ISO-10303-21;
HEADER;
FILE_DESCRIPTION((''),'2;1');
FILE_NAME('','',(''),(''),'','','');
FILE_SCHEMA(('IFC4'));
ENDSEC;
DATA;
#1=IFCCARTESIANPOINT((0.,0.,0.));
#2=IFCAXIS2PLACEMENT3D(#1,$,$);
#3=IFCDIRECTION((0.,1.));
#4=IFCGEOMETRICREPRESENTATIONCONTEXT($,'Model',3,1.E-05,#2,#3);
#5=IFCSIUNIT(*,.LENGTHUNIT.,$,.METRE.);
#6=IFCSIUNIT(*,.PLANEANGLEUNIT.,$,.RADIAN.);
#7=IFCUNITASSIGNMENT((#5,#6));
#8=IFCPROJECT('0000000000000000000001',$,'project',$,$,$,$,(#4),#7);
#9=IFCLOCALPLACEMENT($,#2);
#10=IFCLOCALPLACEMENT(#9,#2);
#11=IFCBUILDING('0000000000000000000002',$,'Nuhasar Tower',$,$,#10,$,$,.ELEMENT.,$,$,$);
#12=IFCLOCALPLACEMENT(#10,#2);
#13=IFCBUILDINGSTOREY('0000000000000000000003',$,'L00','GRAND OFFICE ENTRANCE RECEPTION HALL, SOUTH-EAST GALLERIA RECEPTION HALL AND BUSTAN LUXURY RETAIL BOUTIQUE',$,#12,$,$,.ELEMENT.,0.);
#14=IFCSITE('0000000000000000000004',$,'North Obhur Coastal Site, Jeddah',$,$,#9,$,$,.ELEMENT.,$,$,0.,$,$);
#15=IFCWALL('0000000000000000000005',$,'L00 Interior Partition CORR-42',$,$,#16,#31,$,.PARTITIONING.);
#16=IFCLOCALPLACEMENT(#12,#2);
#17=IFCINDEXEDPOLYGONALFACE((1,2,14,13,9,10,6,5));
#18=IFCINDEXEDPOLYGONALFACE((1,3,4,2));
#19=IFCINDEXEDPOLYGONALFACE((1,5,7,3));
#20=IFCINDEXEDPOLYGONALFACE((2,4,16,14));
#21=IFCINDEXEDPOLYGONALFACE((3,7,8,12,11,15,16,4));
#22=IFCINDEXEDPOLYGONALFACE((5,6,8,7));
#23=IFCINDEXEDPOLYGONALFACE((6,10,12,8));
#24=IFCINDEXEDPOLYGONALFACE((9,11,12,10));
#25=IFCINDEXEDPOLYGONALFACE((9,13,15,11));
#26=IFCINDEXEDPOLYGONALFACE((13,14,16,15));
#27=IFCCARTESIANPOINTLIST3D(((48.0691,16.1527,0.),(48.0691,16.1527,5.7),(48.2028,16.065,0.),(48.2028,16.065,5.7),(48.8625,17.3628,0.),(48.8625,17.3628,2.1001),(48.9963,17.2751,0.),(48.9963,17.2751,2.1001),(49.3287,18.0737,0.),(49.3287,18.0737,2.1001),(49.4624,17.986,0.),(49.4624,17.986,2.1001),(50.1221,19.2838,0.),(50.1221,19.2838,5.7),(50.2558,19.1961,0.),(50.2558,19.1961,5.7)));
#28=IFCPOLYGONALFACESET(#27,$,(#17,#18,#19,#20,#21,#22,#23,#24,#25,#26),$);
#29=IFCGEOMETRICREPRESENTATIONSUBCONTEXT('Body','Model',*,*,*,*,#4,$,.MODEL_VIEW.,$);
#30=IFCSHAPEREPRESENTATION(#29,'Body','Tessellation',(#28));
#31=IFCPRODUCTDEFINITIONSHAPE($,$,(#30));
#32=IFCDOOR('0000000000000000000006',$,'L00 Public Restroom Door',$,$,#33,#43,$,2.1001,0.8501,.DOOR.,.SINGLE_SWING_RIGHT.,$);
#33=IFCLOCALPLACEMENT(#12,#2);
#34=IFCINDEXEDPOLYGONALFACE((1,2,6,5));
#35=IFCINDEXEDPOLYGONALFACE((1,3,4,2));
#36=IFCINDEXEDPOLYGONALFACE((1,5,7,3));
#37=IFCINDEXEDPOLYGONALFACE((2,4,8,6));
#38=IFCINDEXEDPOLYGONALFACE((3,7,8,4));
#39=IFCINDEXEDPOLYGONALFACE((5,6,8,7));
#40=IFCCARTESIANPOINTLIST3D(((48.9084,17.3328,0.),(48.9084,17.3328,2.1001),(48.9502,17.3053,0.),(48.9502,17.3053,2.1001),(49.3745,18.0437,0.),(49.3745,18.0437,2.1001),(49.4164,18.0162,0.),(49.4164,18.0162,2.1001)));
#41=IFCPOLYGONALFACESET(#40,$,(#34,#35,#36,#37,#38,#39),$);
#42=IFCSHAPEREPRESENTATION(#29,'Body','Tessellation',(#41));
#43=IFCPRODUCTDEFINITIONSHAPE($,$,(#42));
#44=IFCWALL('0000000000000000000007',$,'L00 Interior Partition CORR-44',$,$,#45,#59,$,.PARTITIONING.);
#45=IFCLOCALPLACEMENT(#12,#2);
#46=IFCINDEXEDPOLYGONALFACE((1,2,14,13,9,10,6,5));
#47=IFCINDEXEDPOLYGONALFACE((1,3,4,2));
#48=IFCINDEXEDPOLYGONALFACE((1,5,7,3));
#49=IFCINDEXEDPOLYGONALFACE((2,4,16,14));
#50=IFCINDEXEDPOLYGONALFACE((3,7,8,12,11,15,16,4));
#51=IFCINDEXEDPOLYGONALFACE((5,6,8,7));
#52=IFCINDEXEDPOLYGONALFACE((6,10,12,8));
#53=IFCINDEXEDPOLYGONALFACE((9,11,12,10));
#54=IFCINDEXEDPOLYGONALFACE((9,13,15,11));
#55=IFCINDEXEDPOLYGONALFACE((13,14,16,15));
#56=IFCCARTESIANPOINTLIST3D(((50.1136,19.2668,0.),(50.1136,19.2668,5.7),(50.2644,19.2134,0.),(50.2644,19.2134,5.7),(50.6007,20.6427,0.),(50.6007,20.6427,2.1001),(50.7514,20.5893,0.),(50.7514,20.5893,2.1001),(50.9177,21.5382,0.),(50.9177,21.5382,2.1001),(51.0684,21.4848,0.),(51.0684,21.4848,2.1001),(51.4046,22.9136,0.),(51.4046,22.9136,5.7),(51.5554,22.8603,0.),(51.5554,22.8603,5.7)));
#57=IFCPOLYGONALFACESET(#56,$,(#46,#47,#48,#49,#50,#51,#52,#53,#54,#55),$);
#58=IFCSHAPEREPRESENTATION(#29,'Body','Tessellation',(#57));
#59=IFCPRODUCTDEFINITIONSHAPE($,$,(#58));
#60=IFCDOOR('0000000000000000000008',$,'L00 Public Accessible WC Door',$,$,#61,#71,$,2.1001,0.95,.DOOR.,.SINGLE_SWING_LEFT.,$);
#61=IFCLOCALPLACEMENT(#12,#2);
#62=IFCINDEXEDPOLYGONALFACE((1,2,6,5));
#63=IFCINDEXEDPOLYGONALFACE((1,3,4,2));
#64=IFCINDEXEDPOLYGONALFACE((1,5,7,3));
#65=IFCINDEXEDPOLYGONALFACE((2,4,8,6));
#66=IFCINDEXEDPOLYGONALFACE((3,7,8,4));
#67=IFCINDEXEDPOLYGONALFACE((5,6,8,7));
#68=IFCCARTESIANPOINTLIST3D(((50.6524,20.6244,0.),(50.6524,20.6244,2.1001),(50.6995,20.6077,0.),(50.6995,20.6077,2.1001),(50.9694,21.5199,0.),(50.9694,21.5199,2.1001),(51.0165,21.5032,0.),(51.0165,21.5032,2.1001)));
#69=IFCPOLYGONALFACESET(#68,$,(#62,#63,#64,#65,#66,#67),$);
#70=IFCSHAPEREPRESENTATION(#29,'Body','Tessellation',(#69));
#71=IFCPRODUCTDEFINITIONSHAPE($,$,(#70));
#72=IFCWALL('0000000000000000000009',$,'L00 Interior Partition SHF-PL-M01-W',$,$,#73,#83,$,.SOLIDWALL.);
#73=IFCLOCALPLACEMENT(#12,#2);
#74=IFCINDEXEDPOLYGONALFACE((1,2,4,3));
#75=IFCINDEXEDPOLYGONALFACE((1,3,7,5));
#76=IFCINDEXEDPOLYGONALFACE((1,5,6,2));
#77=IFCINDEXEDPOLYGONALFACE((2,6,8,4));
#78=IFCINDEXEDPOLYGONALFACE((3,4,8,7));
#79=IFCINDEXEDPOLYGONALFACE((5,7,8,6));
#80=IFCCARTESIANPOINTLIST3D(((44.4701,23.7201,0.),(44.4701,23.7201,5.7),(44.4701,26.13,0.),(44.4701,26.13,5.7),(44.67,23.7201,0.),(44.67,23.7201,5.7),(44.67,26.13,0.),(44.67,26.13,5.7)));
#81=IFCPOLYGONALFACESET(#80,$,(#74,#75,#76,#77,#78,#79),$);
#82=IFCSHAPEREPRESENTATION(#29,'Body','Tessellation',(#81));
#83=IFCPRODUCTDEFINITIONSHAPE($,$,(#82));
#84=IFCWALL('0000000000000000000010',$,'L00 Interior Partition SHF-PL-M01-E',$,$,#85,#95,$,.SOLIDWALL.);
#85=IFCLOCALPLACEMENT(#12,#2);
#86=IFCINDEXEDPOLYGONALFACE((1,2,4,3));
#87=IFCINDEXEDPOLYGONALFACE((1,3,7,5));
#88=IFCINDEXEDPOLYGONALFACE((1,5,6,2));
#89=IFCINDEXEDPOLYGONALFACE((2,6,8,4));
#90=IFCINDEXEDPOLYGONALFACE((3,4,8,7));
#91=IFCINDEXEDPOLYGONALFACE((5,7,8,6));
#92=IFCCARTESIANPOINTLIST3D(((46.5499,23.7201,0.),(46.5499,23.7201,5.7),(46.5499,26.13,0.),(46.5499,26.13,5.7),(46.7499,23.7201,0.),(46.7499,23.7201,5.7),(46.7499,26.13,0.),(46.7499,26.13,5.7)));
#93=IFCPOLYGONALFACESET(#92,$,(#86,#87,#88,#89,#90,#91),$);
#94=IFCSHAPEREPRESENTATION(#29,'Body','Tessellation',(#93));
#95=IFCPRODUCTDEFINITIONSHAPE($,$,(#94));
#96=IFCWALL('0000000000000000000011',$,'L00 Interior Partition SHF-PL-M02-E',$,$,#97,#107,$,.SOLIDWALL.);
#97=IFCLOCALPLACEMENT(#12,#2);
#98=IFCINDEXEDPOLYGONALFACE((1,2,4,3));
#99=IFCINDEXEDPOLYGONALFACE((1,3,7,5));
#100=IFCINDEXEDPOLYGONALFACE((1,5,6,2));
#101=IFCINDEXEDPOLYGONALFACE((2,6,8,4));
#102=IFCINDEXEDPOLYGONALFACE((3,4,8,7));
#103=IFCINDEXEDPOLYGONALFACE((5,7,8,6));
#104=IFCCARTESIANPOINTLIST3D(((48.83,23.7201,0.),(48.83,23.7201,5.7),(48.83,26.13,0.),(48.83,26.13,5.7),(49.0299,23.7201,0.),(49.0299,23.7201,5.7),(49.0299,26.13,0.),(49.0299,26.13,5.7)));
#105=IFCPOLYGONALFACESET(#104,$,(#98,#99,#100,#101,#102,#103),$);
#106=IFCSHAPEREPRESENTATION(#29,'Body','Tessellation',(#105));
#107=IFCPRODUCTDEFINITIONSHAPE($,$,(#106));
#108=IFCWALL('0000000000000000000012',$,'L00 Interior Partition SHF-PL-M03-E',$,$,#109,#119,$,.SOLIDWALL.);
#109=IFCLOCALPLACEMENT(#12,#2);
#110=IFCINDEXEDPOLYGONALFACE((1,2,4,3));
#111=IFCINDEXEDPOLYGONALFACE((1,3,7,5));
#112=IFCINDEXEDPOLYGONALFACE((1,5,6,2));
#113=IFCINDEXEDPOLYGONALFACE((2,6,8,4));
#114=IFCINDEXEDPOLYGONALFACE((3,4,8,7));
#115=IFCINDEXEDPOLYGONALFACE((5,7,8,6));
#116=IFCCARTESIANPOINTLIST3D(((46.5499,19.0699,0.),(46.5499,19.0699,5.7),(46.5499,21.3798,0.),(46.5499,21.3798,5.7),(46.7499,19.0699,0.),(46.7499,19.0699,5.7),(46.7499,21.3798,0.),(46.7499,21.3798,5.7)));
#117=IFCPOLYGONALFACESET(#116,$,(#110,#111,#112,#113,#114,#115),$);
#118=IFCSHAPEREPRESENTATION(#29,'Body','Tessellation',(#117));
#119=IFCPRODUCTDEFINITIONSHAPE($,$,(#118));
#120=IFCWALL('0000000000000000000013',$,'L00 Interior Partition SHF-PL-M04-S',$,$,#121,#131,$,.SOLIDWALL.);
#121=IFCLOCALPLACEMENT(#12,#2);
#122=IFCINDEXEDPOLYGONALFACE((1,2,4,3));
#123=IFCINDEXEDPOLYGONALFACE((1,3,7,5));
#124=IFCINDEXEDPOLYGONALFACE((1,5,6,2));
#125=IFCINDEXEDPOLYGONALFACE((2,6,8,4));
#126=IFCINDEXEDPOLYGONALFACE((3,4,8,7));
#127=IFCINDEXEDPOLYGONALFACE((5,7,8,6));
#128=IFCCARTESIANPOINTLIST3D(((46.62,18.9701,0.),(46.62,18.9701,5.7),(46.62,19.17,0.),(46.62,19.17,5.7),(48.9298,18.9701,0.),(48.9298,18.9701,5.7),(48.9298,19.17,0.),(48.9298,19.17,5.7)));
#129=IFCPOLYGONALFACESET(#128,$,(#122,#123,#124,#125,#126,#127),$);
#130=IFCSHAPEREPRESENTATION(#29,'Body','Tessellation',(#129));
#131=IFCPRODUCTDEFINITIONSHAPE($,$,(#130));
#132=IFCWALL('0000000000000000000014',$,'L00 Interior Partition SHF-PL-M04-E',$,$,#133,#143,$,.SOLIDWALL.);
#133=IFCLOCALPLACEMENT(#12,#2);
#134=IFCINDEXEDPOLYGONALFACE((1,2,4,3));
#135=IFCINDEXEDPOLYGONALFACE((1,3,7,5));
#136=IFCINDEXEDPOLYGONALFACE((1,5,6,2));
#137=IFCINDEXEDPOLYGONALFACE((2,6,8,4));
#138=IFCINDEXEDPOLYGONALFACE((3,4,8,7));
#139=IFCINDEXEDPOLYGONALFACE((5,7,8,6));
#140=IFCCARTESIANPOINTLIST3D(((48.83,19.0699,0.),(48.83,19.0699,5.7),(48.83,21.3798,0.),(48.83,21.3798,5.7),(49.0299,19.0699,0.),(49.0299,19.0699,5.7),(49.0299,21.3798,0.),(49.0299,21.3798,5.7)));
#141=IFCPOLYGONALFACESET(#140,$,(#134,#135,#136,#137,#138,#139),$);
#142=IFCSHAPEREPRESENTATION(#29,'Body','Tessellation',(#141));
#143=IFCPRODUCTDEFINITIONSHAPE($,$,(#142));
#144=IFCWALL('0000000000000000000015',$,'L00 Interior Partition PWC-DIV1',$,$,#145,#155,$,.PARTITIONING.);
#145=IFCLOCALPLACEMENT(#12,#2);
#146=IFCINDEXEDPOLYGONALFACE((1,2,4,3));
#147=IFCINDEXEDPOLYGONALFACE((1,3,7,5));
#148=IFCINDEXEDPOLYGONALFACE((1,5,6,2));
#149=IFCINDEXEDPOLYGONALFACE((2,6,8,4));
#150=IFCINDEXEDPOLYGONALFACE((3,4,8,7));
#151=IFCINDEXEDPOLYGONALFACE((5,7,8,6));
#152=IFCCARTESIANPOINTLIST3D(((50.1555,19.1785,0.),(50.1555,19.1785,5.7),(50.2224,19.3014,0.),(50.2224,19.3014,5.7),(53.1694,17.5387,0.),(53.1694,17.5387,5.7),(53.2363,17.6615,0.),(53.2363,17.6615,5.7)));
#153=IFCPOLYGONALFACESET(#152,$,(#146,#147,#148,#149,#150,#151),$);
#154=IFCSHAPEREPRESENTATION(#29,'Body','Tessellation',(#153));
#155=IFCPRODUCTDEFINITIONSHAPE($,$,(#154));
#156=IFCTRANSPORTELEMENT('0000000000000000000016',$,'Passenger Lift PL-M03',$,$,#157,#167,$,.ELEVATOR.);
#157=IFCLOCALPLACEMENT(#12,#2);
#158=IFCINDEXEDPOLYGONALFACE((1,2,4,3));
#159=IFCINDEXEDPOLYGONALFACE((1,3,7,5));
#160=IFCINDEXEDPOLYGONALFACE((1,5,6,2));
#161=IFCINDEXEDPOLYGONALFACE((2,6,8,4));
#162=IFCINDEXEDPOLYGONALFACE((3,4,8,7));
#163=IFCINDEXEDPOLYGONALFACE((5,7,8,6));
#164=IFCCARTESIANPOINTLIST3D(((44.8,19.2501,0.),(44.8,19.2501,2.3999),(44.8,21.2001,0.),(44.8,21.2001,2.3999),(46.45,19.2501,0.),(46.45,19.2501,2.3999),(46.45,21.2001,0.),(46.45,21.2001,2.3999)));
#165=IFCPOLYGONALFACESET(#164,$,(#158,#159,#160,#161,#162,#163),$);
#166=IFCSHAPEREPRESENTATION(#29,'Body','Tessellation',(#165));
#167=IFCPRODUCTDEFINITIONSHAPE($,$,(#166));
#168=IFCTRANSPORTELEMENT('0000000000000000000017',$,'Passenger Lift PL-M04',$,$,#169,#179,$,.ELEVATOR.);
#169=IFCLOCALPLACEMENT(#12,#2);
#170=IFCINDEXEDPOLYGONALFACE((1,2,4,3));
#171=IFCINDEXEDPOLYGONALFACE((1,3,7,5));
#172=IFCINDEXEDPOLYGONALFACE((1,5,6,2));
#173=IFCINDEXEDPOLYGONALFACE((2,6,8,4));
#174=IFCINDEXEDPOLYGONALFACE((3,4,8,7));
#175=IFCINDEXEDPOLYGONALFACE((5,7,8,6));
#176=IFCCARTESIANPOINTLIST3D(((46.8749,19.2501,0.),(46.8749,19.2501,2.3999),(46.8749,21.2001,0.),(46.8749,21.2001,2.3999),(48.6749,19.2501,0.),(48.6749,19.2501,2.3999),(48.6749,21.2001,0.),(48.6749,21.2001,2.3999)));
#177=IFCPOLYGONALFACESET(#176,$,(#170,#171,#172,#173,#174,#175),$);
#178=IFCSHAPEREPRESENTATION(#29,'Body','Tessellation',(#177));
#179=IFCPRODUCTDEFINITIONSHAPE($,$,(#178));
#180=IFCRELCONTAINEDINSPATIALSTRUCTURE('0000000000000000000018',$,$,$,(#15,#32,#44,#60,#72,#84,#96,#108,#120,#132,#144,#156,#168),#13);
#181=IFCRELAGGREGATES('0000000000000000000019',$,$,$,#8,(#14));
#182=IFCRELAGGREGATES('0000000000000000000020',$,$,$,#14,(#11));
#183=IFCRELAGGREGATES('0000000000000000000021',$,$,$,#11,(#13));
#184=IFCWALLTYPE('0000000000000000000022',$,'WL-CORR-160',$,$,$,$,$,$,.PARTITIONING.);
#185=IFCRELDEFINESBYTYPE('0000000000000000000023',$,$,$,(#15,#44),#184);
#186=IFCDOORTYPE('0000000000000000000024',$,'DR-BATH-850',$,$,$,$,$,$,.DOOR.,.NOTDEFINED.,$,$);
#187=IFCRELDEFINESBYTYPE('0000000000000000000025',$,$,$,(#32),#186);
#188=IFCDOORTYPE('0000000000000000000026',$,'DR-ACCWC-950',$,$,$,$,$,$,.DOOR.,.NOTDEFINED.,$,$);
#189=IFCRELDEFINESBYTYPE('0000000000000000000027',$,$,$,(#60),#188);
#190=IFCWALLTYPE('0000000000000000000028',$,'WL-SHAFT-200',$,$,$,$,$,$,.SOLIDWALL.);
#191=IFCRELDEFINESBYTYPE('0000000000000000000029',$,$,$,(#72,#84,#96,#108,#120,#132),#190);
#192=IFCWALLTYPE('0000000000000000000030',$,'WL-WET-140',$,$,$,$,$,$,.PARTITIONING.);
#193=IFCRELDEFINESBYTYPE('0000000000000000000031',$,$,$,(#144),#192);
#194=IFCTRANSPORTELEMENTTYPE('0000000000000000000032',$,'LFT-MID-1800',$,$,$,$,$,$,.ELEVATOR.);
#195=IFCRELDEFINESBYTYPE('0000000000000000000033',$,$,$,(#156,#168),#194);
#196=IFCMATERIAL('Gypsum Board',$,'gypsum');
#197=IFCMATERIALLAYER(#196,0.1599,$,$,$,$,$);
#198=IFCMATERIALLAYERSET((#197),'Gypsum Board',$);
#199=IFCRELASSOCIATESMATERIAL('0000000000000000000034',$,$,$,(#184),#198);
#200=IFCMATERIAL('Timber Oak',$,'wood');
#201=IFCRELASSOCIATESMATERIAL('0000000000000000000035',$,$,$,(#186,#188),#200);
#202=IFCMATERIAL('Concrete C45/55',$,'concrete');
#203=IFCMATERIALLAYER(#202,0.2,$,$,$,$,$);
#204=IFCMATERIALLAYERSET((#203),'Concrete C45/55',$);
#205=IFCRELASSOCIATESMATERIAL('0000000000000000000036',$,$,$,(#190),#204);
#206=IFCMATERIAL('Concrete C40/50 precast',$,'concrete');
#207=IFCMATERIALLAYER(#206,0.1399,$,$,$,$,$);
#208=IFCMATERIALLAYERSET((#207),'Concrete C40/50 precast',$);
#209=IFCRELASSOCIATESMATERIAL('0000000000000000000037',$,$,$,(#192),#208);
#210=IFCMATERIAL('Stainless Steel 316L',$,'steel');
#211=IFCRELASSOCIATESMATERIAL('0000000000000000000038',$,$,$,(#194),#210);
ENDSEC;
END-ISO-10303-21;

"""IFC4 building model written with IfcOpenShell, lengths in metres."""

from ifc_helpers import new_model, si_unit, direction, frame, frame_2d, origin, origin_2d, place, context, subcontext, project, spatial, rectangle, extrude, material, layer, layer_set, type_object, element, fill, save


model = new_model("IFC4")

# Units and contexts
model_context = context("Model", 3, precision=1e-05, world=origin(), true_north=direction((0.0, 1.0)))
body_context = subcontext(model_context, "Body", "Model", "MODEL_VIEW")
ifc_project = project(units=[si_unit("LENGTHUNIT", "METRE"), si_unit("PLANEANGLEUNIT", "RADIAN")], contexts=[model_context])

# Site, building, storey
site_placement = place(None, origin())
site = spatial("IfcSite", under=ifc_project, at=site_placement, Name="North Obhur Coastal Site, Jeddah", CompositionType="ELEMENT", RefElevation=0.0)
building_placement = place(site_placement, origin())
building = spatial("IfcBuilding", under=site, at=building_placement, Name="Nuhasar Tower", CompositionType="ELEMENT")
storey_placement = place(building_placement, origin())
storey = spatial("IfcBuildingStorey", under=building, at=storey_placement, Name="L00", Description="GRAND OFFICE ENTRANCE RECEPTION HALL, SOUTH-EAST GALLERIA RECEPTION HALL AND BUSTAN LUXURY RETAIL BOUTIQUE", CompositionType="ELEMENT", Elevation=0.0)

# Walls, openings, doors
ifc_material_1 = material(Name="Gypsum Board", Category="gypsum")
ifc_layer_1 = layer(ifc_material_1, 0.1599)
ifc_layer_set_1 = layer_set([ifc_layer_1], Name="Gypsum Board")
wall_type_1 = type_object("IfcWallType", Name="WL-CORR-160", PredefinedType="PARTITIONING", material=ifc_layer_set_1)
wall_1_placement = place(storey_placement, frame((50.189, 19.24, 0.0), z_axis=(0.0, 0.0, 1.0), x_axis=(-0.548319, -0.836269, 0.0)))
wall_1 = element("IfcWall", 1, at=wall_1_placement, inside=storey, type_object=wall_type_1, Name="L00 Interior Partition CORR-42", PredefinedType="PARTITIONING", context=body_context, shape_type="SweptSolid", body=[
    extrude(rectangle(XDim=3.7441, YDim=0.1599, at=frame_2d((1.8721, 0.0))), origin(), (0.0, 0.0, 1.0), 5.7),
])
opening_1_placement = place(wall_1_placement, frame((1.447, 0.0, 0.0)))
opening_1 = element("IfcOpeningElement", 2, at=opening_1_placement, cuts=wall_1, PredefinedType="OPENING", context=body_context, shape_type="SweptSolid", body=[
    extrude(rectangle(XDim=0.8501, YDim=2.1001, at=frame_2d((0.425, 1.05))), frame((0.0, 0.0898, 0.0), z_axis=(0.0, -1.0, 0.0), x_axis=(1.0, 0.0, 0.0)), (0.0, 0.0, 1.0), 0.1799),
])
ifc_material_2 = material(Name="Timber Oak", Category="wood")
door_type_1 = type_object("IfcDoorType", Name="DR-BATH-850", OperationType="NOTDEFINED", PredefinedType="DOOR", material=ifc_material_2)
door_1_placement = place(opening_1_placement, origin())
door_1 = element("IfcDoor", 3, at=door_1_placement, inside=storey, type_object=door_type_1, Name="L00 Public Restroom Door", OperationType="SINGLE_SWING_RIGHT", OverallHeight=2.1001, OverallWidth=0.8501, PredefinedType="DOOR", context=body_context, shape_type="SweptSolid", body=[
    extrude(rectangle(XDim=0.8501, YDim=2.1001, at=frame_2d((0.425, 1.05))), frame((0.0, 0.0249, 0.0), z_axis=(0.0, -1.0, 0.0), x_axis=(1.0, 0.0, 0.0)), (0.0, 0.0, 1.0), 0.05),
])
fill(opening_1, door_1)
wall_2_placement = place(storey_placement, frame((51.48, 22.887, 0.0), z_axis=(0.0, 0.0, 1.0), x_axis=(-0.333705, -0.942678, 0.0)))
wall_2 = element("IfcWall", 4, at=wall_2_placement, inside=storey, type_object=wall_type_1, Name="L00 Interior Partition CORR-44", PredefinedType="PARTITIONING", context=body_context, shape_type="SweptSolid", body=[
    extrude(rectangle(XDim=3.8687, YDim=0.1599, at=frame_2d((1.9343, 0.0))), origin(), (0.0, 0.0, 1.0), 5.7),
])
opening_2_placement = place(wall_2_placement, frame((1.459, 0.0, 0.0)))
opening_2 = element("IfcOpeningElement", 5, at=opening_2_placement, cuts=wall_2, PredefinedType="OPENING", context=body_context, shape_type="SweptSolid", body=[
    extrude(rectangle(XDim=0.95, YDim=2.1001, at=frame_2d((0.4751, 1.05))), frame((0.0, 0.0898, 0.0), z_axis=(0.0, -1.0, 0.0), x_axis=(1.0, 0.0, 0.0)), (0.0, 0.0, 1.0), 0.1799),
])
door_type_2 = type_object("IfcDoorType", Name="DR-ACCWC-950", OperationType="NOTDEFINED", PredefinedType="DOOR", material=ifc_material_2)
door_2_placement = place(opening_2_placement, origin())
door_2 = element("IfcDoor", 6, at=door_2_placement, inside=storey, type_object=door_type_2, Name="L00 Public Accessible WC Door", OperationType="SINGLE_SWING_LEFT", OverallHeight=2.1001, OverallWidth=0.95, PredefinedType="DOOR", context=body_context, shape_type="SweptSolid", body=[
    extrude(rectangle(XDim=0.95, YDim=2.1001, at=frame_2d((0.4751, 1.05))), frame((0.0, 0.0249, 0.0), z_axis=(0.0, -1.0, 0.0), x_axis=(1.0, 0.0, 0.0)), (0.0, 0.0, 1.0), 0.05),
])
fill(opening_2, door_2)
ifc_material_3 = material(Name="Concrete C45/55", Category="concrete")
ifc_layer_2 = layer(ifc_material_3, 0.2)
ifc_layer_set_2 = layer_set([ifc_layer_2], Name="Concrete C45/55")
wall_type_2 = type_object("IfcWallType", Name="WL-SHAFT-200", PredefinedType="SOLIDWALL", material=ifc_layer_set_2)
ifc_material_4 = material(Name="Stainless Steel 316L", Category="steel")

# Walls
for number, where, z_axis, x_axis, name in (
    (7, (44.5701, 23.72, 0.0), (0.0, 0.0, 1.0), (0.0, 1.0, 0.0), "L00 Interior Partition SHF-PL-M01-W"),
    (8, (46.6499, 23.72, 0.0), (0.0, 0.0, 1.0), (0.0, 1.0, 0.0), "L00 Interior Partition SHF-PL-M01-E"),
):
    element("IfcWall", number, at=place(storey_placement, frame(where, z_axis=z_axis, x_axis=x_axis)), inside=storey, type_object=wall_type_2, Name=name, PredefinedType="SOLIDWALL", context=body_context, shape_type="SweptSolid", body=[
        extrude(rectangle(XDim=2.4099, YDim=0.2, at=frame_2d((1.2051, 0.0))), origin(), (0.0, 0.0, 1.0), 5.7),
    ])

# Wall
wall_3_placement = place(storey_placement, frame((48.9299, 23.72, 0.0), z_axis=(0.0, 0.0, 1.0), x_axis=(0.0, 1.0, 0.0)))
element("IfcWall", 9, at=wall_3_placement, inside=storey, type_object=wall_type_2, Name="L00 Interior Partition SHF-PL-M02-E", PredefinedType="SOLIDWALL", context=body_context, shape_type="SweptSolid", body=[
    extrude(rectangle(XDim=2.4099, YDim=0.2, at=frame_2d((1.2051, 0.0))), origin(), (0.0, 0.0, 1.0), 5.7),
])

# Walls
for number, where, z_axis, x_axis, name in (
    (10, (46.6499, 19.0701, 0.0), (0.0, 0.0, 1.0), (0.0, 1.0, 0.0), "L00 Interior Partition SHF-PL-M03-E"),
    (11, (46.6201, 19.0701, 0.0), (0.0, 0.0, 1.0), (1.0, 0.0, 0.0), "L00 Interior Partition SHF-PL-M04-S"),
):
    element("IfcWall", number, at=place(storey_placement, frame(where, z_axis=z_axis, x_axis=x_axis)), inside=storey, type_object=wall_type_2, Name=name, PredefinedType="SOLIDWALL", context=body_context, shape_type="SweptSolid", body=[
        extrude(rectangle(XDim=2.3098, YDim=0.2, at=frame_2d((1.1548, 0.0))), origin(), (0.0, 0.0, 1.0), 5.7),
    ])

# Walls
wall_4_placement = place(storey_placement, frame((48.9299, 19.0701, 0.0), z_axis=(0.0, 0.0, 1.0), x_axis=(0.0, 1.0, 0.0)))
element("IfcWall", 12, at=wall_4_placement, inside=storey, type_object=wall_type_2, Name="L00 Interior Partition SHF-PL-M04-E", PredefinedType="SOLIDWALL", context=body_context, shape_type="SweptSolid", body=[
    extrude(rectangle(XDim=2.3098, YDim=0.2, at=frame_2d((1.1548, 0.0))), origin(), (0.0, 0.0, 1.0), 5.7),
])
ifc_material_5 = material(Name="Concrete C40/50 precast", Category="concrete")
ifc_layer_3 = layer(ifc_material_5, 0.1399)
ifc_layer_set_3 = layer_set([ifc_layer_3], Name="Concrete C40/50 precast")
wall_type_3 = type_object("IfcWallType", Name="WL-WET-140", PredefinedType="PARTITIONING", material=ifc_layer_set_3)
wall_5_placement = place(storey_placement, frame((50.189, 19.24, 0.0), z_axis=(0.0, 0.0, 1.0), x_axis=(0.878393, -0.47794, 0.0)))
element("IfcWall", 13, at=wall_5_placement, inside=storey, type_object=wall_type_3, Name="L00 Interior Partition PWC-DIV1", PredefinedType="PARTITIONING", context=body_context, shape_type="SweptSolid", body=[
    extrude(rectangle(XDim=3.4312, YDim=0.1399, at=frame_2d((1.7156, 0.0))), origin(), (0.0, 0.0, 1.0), 5.7),
])

# Transport elements
transport_element_type = type_object("IfcTransportElementType", Name="LFT-MID-1800", PredefinedType="ELEVATOR", material=ifc_material_4)
transport_element_1_placement = place(storey_placement, frame((45.625, 20.2251, 0.0), z_axis=(0.0, 0.0, 1.0), x_axis=(1.0, 0.0, 0.0)))
element("IfcTransportElement", 14, at=transport_element_1_placement, inside=storey, type_object=transport_element_type, Name="Passenger Lift PL-M03", PredefinedType="ELEVATOR", context=body_context, shape_type="SweptSolid", body=[
    extrude(rectangle(XDim=1.6499, YDim=1.95, at=origin_2d()), origin(), (0.0, 0.0, 1.0), 2.3999),
])
transport_element_2_placement = place(storey_placement, frame((47.7749, 20.2251, 0.0), z_axis=(0.0, 0.0, 1.0), x_axis=(1.0, 0.0, 0.0)))
element("IfcTransportElement", 15, at=transport_element_2_placement, inside=storey, type_object=transport_element_type, Name="Passenger Lift PL-M04", PredefinedType="ELEVATOR", context=body_context, shape_type="SweptSolid", body=[
    extrude(rectangle(XDim=1.8, YDim=1.95, at=origin_2d()), origin(), (0.0, 0.0, 1.0), 2.3999),
])

save(model, "model.ifc")
